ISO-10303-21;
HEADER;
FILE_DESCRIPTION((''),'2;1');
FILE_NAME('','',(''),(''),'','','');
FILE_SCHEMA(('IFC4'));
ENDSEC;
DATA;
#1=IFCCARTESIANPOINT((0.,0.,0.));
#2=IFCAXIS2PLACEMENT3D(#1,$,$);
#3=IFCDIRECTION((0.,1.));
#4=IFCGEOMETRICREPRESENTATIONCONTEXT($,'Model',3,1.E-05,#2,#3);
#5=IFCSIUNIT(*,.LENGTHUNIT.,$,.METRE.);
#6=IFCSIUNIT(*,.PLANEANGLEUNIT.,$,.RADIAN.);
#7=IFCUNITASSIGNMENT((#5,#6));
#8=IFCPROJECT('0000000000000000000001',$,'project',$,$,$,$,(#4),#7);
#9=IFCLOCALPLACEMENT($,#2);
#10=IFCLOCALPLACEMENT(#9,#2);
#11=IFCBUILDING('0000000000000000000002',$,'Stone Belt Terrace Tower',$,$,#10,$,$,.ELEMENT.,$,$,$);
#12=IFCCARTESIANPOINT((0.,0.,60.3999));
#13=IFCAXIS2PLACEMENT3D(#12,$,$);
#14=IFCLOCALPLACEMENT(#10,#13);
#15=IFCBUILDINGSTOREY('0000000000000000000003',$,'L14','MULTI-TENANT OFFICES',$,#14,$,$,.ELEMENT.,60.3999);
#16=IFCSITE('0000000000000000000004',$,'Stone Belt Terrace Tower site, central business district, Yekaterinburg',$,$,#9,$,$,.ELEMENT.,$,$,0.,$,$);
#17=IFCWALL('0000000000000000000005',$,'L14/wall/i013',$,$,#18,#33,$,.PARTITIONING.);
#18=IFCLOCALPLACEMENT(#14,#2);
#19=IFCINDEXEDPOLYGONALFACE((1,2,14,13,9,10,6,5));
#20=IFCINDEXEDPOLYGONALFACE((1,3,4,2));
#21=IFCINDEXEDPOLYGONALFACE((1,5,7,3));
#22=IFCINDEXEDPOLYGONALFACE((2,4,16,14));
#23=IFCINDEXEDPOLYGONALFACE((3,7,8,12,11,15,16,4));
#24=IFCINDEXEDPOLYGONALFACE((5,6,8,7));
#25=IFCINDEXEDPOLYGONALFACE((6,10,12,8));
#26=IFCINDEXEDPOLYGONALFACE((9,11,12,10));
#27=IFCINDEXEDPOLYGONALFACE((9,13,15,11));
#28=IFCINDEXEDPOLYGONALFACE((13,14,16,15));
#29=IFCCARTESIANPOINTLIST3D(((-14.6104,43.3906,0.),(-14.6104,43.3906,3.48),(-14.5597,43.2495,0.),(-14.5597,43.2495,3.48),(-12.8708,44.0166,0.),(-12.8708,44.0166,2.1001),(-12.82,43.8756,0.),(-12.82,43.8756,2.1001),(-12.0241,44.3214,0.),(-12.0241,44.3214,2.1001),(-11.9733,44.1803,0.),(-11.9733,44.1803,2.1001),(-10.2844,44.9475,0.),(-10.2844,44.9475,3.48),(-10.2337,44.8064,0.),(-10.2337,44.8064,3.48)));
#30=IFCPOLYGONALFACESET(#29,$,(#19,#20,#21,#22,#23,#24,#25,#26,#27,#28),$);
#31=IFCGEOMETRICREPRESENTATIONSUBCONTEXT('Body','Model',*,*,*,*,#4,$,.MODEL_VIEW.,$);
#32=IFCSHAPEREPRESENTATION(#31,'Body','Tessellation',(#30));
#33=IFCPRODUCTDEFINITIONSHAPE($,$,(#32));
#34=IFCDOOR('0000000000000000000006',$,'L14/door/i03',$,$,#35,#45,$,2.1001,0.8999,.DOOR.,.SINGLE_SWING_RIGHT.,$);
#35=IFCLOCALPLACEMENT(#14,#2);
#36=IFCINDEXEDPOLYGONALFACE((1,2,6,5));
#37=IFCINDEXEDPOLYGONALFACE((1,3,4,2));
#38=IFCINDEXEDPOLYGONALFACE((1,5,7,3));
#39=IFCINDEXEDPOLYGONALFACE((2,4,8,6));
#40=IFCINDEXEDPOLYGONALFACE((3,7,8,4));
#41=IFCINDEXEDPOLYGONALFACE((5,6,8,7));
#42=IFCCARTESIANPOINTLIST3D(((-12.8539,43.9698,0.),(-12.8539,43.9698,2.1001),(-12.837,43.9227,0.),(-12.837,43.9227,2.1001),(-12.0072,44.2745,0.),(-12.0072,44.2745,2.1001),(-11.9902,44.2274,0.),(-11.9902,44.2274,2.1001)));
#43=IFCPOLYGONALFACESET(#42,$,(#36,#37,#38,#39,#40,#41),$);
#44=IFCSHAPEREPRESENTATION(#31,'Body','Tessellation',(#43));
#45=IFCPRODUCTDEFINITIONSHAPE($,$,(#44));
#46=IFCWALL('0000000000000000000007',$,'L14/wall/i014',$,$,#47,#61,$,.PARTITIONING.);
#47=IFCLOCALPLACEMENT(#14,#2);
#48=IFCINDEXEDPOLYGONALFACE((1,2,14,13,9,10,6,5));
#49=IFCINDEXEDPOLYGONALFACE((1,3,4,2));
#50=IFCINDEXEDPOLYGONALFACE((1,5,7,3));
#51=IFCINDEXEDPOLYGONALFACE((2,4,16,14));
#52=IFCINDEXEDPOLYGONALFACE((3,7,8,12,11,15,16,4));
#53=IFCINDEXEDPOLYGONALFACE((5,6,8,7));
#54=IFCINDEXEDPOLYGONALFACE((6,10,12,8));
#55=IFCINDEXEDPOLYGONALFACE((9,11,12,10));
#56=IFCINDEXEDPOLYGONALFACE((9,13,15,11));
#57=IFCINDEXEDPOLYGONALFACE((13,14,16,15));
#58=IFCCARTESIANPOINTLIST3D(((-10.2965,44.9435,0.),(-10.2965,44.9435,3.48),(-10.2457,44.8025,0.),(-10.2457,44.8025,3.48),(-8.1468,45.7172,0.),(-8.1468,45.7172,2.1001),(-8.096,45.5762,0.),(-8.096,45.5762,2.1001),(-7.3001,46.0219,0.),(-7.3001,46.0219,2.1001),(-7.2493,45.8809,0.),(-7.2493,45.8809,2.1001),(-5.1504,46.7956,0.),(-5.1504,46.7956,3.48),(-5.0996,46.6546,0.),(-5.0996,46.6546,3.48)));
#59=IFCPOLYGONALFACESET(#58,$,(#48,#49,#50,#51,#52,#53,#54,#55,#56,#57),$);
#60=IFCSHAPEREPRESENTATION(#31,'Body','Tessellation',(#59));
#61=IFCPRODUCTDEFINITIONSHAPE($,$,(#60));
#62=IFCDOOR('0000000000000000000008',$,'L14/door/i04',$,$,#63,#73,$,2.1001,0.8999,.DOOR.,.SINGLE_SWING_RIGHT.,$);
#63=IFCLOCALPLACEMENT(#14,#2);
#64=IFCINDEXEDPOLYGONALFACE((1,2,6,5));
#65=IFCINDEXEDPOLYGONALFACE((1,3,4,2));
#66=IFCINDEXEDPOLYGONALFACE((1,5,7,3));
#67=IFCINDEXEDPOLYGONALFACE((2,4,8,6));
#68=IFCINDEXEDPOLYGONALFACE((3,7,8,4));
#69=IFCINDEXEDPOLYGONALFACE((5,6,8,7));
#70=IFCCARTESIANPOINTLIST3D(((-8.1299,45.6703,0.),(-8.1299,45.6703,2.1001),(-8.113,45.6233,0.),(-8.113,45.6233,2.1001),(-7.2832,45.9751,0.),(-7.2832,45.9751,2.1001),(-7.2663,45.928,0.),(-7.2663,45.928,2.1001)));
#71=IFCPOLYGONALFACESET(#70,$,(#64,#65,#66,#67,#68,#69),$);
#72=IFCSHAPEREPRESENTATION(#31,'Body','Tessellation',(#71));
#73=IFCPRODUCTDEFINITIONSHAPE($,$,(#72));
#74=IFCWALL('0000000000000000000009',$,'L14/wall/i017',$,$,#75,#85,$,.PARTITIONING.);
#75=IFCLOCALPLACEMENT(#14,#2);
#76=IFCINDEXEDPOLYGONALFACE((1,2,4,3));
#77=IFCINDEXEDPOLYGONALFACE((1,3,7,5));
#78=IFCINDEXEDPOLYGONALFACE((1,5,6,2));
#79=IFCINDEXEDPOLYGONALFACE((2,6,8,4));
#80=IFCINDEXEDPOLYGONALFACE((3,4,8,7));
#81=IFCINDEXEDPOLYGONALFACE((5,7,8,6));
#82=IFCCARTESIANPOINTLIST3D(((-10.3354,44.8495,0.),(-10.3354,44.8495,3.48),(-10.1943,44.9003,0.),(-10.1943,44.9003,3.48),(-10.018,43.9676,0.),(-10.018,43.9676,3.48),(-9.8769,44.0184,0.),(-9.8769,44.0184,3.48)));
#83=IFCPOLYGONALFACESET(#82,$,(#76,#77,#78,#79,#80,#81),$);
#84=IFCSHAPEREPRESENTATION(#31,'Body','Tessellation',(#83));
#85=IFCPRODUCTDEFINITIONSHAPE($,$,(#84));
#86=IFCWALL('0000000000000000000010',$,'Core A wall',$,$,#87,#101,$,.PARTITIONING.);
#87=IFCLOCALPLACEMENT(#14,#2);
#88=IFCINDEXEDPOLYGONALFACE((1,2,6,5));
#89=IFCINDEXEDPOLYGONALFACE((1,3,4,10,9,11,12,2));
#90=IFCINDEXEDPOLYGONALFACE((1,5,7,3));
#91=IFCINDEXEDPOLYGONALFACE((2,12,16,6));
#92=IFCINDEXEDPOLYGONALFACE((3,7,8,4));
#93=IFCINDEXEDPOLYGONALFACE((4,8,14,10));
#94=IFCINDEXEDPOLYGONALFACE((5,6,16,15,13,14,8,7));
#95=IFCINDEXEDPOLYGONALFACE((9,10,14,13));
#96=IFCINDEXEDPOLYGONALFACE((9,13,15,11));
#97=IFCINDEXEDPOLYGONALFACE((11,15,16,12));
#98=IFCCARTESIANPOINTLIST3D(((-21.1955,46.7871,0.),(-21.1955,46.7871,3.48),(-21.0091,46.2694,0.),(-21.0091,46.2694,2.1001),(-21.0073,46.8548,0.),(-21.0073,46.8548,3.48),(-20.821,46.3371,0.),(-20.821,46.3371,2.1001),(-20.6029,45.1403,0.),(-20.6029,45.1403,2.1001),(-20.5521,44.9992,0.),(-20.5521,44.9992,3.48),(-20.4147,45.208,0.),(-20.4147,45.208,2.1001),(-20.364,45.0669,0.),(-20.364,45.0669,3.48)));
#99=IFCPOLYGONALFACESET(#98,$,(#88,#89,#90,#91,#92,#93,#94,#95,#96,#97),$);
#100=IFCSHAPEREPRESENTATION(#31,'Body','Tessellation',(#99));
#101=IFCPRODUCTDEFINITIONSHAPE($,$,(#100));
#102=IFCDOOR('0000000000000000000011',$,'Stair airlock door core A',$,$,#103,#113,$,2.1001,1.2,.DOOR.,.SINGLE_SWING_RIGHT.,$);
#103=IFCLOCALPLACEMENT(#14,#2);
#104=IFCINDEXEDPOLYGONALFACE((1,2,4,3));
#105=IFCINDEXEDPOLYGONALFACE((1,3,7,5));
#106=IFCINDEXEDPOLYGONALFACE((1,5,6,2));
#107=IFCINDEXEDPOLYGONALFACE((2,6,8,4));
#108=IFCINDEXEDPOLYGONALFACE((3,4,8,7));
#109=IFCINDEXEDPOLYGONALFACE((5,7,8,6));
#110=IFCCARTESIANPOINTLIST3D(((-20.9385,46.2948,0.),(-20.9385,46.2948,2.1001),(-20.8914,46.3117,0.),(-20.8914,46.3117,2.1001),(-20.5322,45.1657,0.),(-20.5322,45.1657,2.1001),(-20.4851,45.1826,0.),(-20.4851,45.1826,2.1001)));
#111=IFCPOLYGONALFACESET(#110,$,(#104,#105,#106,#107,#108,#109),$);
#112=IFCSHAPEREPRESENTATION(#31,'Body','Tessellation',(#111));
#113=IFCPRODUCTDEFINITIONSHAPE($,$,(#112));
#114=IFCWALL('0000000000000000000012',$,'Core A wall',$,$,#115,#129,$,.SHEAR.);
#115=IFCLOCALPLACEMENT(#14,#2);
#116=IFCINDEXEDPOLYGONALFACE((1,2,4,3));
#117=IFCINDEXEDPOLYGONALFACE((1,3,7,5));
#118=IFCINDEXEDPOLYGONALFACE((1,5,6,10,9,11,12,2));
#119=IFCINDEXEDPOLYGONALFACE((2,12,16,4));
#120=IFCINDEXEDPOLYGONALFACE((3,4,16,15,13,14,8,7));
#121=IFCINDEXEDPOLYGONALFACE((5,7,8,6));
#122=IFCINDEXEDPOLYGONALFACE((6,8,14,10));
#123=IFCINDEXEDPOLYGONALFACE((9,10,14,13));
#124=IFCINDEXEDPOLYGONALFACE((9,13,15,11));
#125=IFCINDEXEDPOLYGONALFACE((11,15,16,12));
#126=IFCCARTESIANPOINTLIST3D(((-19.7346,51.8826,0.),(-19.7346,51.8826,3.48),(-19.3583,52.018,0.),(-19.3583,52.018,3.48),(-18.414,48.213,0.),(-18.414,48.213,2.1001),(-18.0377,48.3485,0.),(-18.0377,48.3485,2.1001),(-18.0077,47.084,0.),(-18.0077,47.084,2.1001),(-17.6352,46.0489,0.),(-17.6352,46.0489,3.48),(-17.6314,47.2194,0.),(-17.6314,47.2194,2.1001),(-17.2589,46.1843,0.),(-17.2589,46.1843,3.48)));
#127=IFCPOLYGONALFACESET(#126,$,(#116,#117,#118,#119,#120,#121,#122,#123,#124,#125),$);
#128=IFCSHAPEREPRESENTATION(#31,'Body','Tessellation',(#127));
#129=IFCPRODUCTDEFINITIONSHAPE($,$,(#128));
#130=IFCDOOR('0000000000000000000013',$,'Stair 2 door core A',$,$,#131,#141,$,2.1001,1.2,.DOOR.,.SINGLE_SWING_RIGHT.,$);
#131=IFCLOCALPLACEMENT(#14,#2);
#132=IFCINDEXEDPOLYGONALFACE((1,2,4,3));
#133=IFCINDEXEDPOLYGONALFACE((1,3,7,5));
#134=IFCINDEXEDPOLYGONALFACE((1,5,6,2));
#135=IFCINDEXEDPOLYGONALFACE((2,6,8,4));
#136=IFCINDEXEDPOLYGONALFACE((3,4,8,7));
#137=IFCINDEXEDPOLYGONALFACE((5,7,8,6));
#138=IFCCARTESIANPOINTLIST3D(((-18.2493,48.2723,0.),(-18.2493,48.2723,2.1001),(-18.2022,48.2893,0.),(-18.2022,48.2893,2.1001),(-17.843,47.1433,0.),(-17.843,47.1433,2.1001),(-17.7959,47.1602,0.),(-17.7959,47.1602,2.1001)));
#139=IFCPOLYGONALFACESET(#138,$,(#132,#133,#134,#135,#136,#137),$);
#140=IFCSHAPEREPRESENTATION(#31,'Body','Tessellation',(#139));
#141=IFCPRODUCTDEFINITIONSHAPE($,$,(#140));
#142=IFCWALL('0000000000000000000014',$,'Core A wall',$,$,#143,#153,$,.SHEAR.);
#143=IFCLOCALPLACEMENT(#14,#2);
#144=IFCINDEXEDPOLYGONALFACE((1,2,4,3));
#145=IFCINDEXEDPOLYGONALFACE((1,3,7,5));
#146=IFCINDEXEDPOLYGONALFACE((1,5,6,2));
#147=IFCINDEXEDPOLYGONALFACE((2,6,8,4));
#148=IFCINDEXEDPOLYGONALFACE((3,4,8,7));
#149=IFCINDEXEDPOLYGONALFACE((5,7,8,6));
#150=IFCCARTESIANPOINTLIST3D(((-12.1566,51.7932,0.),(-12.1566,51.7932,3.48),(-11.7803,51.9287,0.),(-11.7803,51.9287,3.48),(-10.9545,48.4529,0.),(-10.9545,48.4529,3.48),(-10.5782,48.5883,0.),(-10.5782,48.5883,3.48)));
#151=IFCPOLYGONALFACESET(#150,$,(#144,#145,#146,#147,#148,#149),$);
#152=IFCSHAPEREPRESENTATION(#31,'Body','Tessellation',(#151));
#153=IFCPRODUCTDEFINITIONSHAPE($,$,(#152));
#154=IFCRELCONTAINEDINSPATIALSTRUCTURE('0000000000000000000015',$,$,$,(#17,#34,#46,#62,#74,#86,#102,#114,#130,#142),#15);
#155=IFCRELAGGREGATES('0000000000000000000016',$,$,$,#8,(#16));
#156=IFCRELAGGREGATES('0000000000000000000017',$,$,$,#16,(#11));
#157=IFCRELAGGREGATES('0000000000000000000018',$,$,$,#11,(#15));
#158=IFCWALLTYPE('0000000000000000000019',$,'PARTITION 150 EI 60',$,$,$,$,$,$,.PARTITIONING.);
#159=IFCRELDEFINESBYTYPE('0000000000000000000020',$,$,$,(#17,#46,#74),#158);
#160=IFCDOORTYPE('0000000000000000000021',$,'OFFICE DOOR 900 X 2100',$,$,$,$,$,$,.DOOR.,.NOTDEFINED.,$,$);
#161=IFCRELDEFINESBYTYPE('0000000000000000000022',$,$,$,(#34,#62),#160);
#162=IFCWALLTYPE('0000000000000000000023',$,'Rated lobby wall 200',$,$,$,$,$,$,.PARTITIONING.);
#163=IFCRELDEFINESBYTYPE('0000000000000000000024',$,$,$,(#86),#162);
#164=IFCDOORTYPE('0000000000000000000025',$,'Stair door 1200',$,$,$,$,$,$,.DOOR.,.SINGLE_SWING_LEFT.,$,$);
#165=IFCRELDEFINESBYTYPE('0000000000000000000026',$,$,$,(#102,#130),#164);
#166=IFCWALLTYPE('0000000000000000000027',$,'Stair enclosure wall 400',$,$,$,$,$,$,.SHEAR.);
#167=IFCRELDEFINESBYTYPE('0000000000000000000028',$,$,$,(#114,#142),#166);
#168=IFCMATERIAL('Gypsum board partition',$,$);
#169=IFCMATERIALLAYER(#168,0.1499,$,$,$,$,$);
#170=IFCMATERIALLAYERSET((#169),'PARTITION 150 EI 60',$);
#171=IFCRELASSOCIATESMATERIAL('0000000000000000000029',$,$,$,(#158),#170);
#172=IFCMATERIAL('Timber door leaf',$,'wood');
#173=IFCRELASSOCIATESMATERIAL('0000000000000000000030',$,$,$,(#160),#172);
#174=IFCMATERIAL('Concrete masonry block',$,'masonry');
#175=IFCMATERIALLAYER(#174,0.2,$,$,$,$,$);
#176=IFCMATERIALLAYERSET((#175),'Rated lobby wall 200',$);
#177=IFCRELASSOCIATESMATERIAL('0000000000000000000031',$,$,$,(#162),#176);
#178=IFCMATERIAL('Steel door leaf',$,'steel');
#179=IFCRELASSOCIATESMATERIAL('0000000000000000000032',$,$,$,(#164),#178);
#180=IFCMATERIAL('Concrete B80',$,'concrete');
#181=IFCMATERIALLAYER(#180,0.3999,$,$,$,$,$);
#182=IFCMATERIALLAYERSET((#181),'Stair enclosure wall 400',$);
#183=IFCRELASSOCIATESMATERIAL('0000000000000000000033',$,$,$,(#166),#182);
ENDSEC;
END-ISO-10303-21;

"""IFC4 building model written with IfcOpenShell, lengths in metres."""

from ifc_helpers import new_model, si_unit, direction, frame, frame_2d, origin, place, context, subcontext, project, spatial, rectangle, extrude, material, layer, layer_set, type_object, element, fill, save


model = new_model("IFC4")

# Units and contexts
model_context = context("Model", 3, precision=1e-05, world=origin(), true_north=direction((0.0, 1.0)))
body_context = subcontext(model_context, "Body", "Model", "MODEL_VIEW")
ifc_project = project(units=[si_unit("LENGTHUNIT", "METRE"), si_unit("PLANEANGLEUNIT", "RADIAN")], contexts=[model_context])

# Site, building, storey
site_placement = place(None, origin())
site = spatial("IfcSite", under=ifc_project, at=site_placement, Name="Stone Belt Terrace Tower site, central business district, Yekaterinburg", CompositionType="ELEMENT", RefElevation=0.0)
building_placement = place(site_placement, origin())
building = spatial("IfcBuilding", under=site, at=building_placement, Name="Stone Belt Terrace Tower", CompositionType="ELEMENT")
storey_placement = place(building_placement, frame((0.0, 0.0, 60.3999)))
storey = spatial("IfcBuildingStorey", under=building, at=storey_placement, Name="L14", Description="MULTI-TENANT OFFICES", CompositionType="ELEMENT", Elevation=60.3999)

# Shared definitions
ifc_material_1 = material(Name="Concrete B80", Category="concrete")

# Shared definitions
ifc_material_2 = material(Name="Timber door leaf", Category="wood")

# Shared definitions
ifc_material_3 = material(Name="Gypsum board partition")
ifc_layer_1 = layer(ifc_material_3, 0.1499)
ifc_layer_set_1 = layer_set([ifc_layer_1], Name="PARTITION 150 EI 60")
wall_type_1 = type_object("IfcWallType", Name="PARTITION 150 EI 60", PredefinedType="PARTITIONING", material=ifc_layer_set_1)

# Walls, openings, doors
wall_1_placement = place(storey_placement, frame((-10.259, 44.877, 0.0), z_axis=(0.0, 0.0, 1.0), x_axis=(-0.940919, -0.338633, 0.0)))
wall_1 = element("IfcWall", 1, at=wall_1_placement, inside=storey, type_object=wall_type_1, Name="L14/wall/i013", PredefinedType="PARTITIONING", context=body_context, shape_type="SweptSolid", body=[
    extrude(rectangle(XDim=4.5977, YDim=0.1499, at=frame_2d((2.2988, 0.0))), origin(), (0.0, 0.0, 1.0), 3.48),
])
opening_1_placement = place(wall_1_placement, frame((1.8489, 0.0, 0.0)))
opening_1 = element("IfcOpeningElement", 2, at=opening_1_placement, cuts=wall_1, PredefinedType="OPENING", context=body_context, shape_type="SweptSolid", body=[
    extrude(rectangle(XDim=0.8999, YDim=2.1001, at=frame_2d((0.45, 1.05))), frame((0.0, 0.085, 0.0), z_axis=(0.0, -1.0, 0.0), x_axis=(1.0, 0.0, 0.0)), (0.0, 0.0, 1.0), 0.1699),
])
door_type_1 = type_object("IfcDoorType", Name="OFFICE DOOR 900 X 2100", OperationType="NOTDEFINED", PredefinedType="DOOR", material=ifc_material_2)
door_1_placement = place(opening_1_placement, origin())
door_1 = element("IfcDoor", 3, at=door_1_placement, inside=storey, type_object=door_type_1, Name="L14/door/i03", OperationType="SINGLE_SWING_RIGHT", OverallHeight=2.1001, OverallWidth=0.8999, PredefinedType="DOOR", context=body_context, shape_type="SweptSolid", body=[
    extrude(rectangle(XDim=0.8999, YDim=2.1001, at=frame_2d((0.45, 1.05))), frame((0.0, 0.0249, 0.0), z_axis=(0.0, -1.0, 0.0), x_axis=(1.0, 0.0, 0.0)), (0.0, 0.0, 1.0), 0.05),
])
fill(opening_1, door_1)
wall_2_placement = place(storey_placement, frame((-5.125, 46.7251, 0.0), z_axis=(0.0, 0.0, 1.0), x_axis=(-0.940917, -0.338637, 0.0)))
wall_2 = element("IfcWall", 4, at=wall_2_placement, inside=storey, type_object=wall_type_1, Name="L14/wall/i014", PredefinedType="PARTITIONING", context=body_context, shape_type="SweptSolid", body=[
    extrude(rectangle(XDim=5.4692, YDim=0.1499, at=frame_2d((2.7346, 0.0))), origin(), (0.0, 0.0, 1.0), 3.48),
])
opening_2_placement = place(wall_2_placement, frame((2.2847, 0.0, 0.0)))
opening_2 = element("IfcOpeningElement", 5, at=opening_2_placement, cuts=wall_2, PredefinedType="OPENING", context=body_context, shape_type="SweptSolid", body=[
    extrude(rectangle(XDim=0.8999, YDim=2.1001, at=frame_2d((0.45, 1.05))), frame((0.0, 0.085, 0.0), z_axis=(0.0, -1.0, 0.0), x_axis=(1.0, 0.0, 0.0)), (0.0, 0.0, 1.0), 0.1699),
])
door_2_placement = place(opening_2_placement, origin())
door_2 = element("IfcDoor", 6, at=door_2_placement, inside=storey, type_object=door_type_1, Name="L14/door/i04", OperationType="SINGLE_SWING_RIGHT", OverallHeight=2.1001, OverallWidth=0.8999, PredefinedType="DOOR", context=body_context, shape_type="SweptSolid", body=[
    extrude(rectangle(XDim=0.8999, YDim=2.1001, at=frame_2d((0.45, 1.05))), frame((0.0, 0.0249, 0.0), z_axis=(0.0, -1.0, 0.0), x_axis=(1.0, 0.0, 0.0)), (0.0, 0.0, 1.0), 0.05),
])
fill(opening_2, door_2)

# Wall
wall_3_placement = place(storey_placement, frame((-10.2649, 44.875, 0.0), z_axis=(0.0, 0.0, 1.0), x_axis=(0.338646, -0.940914, 0.0)))
element("IfcWall", 7, at=wall_3_placement, inside=storey, type_object=wall_type_1, Name="L14/wall/i017", PredefinedType="PARTITIONING", context=body_context, shape_type="SweptSolid", body=[
    extrude(rectangle(XDim=0.9373, YDim=0.1499, at=frame_2d((0.4688, 0.0))), origin(), (0.0, 0.0, 1.0), 3.48),
])

# Walls, openings, doors
ifc_material_4 = material(Name="Concrete masonry block", Category="masonry")
ifc_layer_2 = layer(ifc_material_4, 0.2)
ifc_layer_set_2 = layer_set([ifc_layer_2], Name="Rated lobby wall 200")
wall_type_2 = type_object("IfcWallType", Name="Rated lobby wall 200", PredefinedType="PARTITIONING", material=ifc_layer_set_2)
wall_4_placement = place(storey_placement, frame((-20.458, 45.033, 0.0), z_axis=(0.0, 0.0, 1.0), x_axis=(-0.338574, 0.94094, 0.0)))
wall_4 = element("IfcWall", 8, at=wall_4_placement, inside=storey, type_object=wall_type_2, Name="Core A wall", PredefinedType="PARTITIONING", context=body_context, shape_type="SweptSolid", body=[
    extrude(rectangle(XDim=1.9001, YDim=0.2, at=frame_2d((0.9502, 0.0))), origin(), (0.0, 0.0, 1.0), 3.48),
])
opening_3_placement = place(wall_4_placement, frame((0.1499, 0.0, 0.0)))
opening_3 = element("IfcOpeningElement", 9, at=opening_3_placement, cuts=wall_4, PredefinedType="OPENING", context=body_context, shape_type="SweptSolid", body=[
    extrude(rectangle(XDim=1.2, YDim=2.1001, at=frame_2d((0.6001, 1.05))), frame((0.0, 0.1099, 0.0), z_axis=(0.0, -1.0, 0.0), x_axis=(1.0, 0.0, 0.0)), (0.0, 0.0, 1.0), 0.22),
])
ifc_material_5 = material(Name="Steel door leaf", Category="steel")
door_type_2 = type_object("IfcDoorType", Name="Stair door 1200", OperationType="SINGLE_SWING_LEFT", PredefinedType="DOOR", material=ifc_material_5)
door_3_placement = place(opening_3_placement, origin())
door_3 = element("IfcDoor", 10, at=door_3_placement, inside=storey, type_object=door_type_2, Name="Stair airlock door core A", OperationType="SINGLE_SWING_RIGHT", OverallHeight=2.1001, OverallWidth=1.2, PredefinedType="DOOR", context=body_context, shape_type="SweptSolid", body=[
    extrude(rectangle(XDim=1.2, YDim=2.1001, at=frame_2d((0.6001, 1.05))), frame((0.0, 0.0249, 0.0), z_axis=(0.0, -1.0, 0.0), x_axis=(1.0, 0.0, 0.0)), (0.0, 0.0, 1.0), 0.05),
])
fill(opening_3, door_3)
ifc_layer_3 = layer(ifc_material_1, 0.3999)
ifc_layer_set_3 = layer_set([ifc_layer_3], Name="Stair enclosure wall 400")
wall_type_3 = type_object("IfcWallType", Name="Stair enclosure wall 400", PredefinedType="SHEAR", material=ifc_layer_set_3)
wall_5_placement = place(storey_placement, frame((-17.447, 46.1165, 0.0), z_axis=(0.0, 0.0, 1.0), x_axis=(-0.338608, 0.940928, 0.0)))
wall_5 = element("IfcWall", 11, at=wall_5_placement, inside=storey, type_object=wall_type_3, Name="Core A wall", PredefinedType="SHEAR", context=body_context, shape_type="SweptSolid", body=[
    extrude(rectangle(XDim=6.2, YDim=0.3999, at=frame_2d((3.1001, 0.0))), origin(), (0.0, 0.0, 1.0), 3.48),
])
opening_4_placement = place(wall_5_placement, frame((1.1001, 0.0, 0.0)))
opening_4 = element("IfcOpeningElement", 12, at=opening_4_placement, cuts=wall_5, PredefinedType="OPENING", context=body_context, shape_type="SweptSolid", body=[
    extrude(rectangle(XDim=1.2, YDim=2.1001, at=frame_2d((0.6001, 1.05))), frame((0.0, 0.21, 0.0), z_axis=(0.0, -1.0, 0.0), x_axis=(1.0, 0.0, 0.0)), (0.0, 0.0, 1.0), 0.4199),
])
door_4_placement = place(opening_4_placement, origin())
door_4 = element("IfcDoor", 13, at=door_4_placement, inside=storey, type_object=door_type_2, Name="Stair 2 door core A", OperationType="SINGLE_SWING_RIGHT", OverallHeight=2.1001, OverallWidth=1.2, PredefinedType="DOOR", context=body_context, shape_type="SweptSolid", body=[
    extrude(rectangle(XDim=1.2, YDim=2.1001, at=frame_2d((0.6001, 1.05))), frame((0.0, 0.0249, 0.0), z_axis=(0.0, -1.0, 0.0), x_axis=(1.0, 0.0, 0.0)), (0.0, 0.0, 1.0), 0.05),
])
fill(opening_4, door_4)

# Wall
wall_6_placement = place(storey_placement, frame((-10.7664, 48.5208, 0.0), z_axis=(0.0, 0.0, 1.0), x_axis=(-0.338627, 0.940921, 0.0)))
element("IfcWall", 14, at=wall_6_placement, inside=storey, type_object=wall_type_3, Name="Core A wall", PredefinedType="SHEAR", context=body_context, shape_type="SweptSolid", body=[
    extrude(rectangle(XDim=3.55, YDim=0.3999, at=frame_2d((1.7749, 0.0))), origin(), (0.0, 0.0, 1.0), 3.48),
])

save(model, "model.ifc")
